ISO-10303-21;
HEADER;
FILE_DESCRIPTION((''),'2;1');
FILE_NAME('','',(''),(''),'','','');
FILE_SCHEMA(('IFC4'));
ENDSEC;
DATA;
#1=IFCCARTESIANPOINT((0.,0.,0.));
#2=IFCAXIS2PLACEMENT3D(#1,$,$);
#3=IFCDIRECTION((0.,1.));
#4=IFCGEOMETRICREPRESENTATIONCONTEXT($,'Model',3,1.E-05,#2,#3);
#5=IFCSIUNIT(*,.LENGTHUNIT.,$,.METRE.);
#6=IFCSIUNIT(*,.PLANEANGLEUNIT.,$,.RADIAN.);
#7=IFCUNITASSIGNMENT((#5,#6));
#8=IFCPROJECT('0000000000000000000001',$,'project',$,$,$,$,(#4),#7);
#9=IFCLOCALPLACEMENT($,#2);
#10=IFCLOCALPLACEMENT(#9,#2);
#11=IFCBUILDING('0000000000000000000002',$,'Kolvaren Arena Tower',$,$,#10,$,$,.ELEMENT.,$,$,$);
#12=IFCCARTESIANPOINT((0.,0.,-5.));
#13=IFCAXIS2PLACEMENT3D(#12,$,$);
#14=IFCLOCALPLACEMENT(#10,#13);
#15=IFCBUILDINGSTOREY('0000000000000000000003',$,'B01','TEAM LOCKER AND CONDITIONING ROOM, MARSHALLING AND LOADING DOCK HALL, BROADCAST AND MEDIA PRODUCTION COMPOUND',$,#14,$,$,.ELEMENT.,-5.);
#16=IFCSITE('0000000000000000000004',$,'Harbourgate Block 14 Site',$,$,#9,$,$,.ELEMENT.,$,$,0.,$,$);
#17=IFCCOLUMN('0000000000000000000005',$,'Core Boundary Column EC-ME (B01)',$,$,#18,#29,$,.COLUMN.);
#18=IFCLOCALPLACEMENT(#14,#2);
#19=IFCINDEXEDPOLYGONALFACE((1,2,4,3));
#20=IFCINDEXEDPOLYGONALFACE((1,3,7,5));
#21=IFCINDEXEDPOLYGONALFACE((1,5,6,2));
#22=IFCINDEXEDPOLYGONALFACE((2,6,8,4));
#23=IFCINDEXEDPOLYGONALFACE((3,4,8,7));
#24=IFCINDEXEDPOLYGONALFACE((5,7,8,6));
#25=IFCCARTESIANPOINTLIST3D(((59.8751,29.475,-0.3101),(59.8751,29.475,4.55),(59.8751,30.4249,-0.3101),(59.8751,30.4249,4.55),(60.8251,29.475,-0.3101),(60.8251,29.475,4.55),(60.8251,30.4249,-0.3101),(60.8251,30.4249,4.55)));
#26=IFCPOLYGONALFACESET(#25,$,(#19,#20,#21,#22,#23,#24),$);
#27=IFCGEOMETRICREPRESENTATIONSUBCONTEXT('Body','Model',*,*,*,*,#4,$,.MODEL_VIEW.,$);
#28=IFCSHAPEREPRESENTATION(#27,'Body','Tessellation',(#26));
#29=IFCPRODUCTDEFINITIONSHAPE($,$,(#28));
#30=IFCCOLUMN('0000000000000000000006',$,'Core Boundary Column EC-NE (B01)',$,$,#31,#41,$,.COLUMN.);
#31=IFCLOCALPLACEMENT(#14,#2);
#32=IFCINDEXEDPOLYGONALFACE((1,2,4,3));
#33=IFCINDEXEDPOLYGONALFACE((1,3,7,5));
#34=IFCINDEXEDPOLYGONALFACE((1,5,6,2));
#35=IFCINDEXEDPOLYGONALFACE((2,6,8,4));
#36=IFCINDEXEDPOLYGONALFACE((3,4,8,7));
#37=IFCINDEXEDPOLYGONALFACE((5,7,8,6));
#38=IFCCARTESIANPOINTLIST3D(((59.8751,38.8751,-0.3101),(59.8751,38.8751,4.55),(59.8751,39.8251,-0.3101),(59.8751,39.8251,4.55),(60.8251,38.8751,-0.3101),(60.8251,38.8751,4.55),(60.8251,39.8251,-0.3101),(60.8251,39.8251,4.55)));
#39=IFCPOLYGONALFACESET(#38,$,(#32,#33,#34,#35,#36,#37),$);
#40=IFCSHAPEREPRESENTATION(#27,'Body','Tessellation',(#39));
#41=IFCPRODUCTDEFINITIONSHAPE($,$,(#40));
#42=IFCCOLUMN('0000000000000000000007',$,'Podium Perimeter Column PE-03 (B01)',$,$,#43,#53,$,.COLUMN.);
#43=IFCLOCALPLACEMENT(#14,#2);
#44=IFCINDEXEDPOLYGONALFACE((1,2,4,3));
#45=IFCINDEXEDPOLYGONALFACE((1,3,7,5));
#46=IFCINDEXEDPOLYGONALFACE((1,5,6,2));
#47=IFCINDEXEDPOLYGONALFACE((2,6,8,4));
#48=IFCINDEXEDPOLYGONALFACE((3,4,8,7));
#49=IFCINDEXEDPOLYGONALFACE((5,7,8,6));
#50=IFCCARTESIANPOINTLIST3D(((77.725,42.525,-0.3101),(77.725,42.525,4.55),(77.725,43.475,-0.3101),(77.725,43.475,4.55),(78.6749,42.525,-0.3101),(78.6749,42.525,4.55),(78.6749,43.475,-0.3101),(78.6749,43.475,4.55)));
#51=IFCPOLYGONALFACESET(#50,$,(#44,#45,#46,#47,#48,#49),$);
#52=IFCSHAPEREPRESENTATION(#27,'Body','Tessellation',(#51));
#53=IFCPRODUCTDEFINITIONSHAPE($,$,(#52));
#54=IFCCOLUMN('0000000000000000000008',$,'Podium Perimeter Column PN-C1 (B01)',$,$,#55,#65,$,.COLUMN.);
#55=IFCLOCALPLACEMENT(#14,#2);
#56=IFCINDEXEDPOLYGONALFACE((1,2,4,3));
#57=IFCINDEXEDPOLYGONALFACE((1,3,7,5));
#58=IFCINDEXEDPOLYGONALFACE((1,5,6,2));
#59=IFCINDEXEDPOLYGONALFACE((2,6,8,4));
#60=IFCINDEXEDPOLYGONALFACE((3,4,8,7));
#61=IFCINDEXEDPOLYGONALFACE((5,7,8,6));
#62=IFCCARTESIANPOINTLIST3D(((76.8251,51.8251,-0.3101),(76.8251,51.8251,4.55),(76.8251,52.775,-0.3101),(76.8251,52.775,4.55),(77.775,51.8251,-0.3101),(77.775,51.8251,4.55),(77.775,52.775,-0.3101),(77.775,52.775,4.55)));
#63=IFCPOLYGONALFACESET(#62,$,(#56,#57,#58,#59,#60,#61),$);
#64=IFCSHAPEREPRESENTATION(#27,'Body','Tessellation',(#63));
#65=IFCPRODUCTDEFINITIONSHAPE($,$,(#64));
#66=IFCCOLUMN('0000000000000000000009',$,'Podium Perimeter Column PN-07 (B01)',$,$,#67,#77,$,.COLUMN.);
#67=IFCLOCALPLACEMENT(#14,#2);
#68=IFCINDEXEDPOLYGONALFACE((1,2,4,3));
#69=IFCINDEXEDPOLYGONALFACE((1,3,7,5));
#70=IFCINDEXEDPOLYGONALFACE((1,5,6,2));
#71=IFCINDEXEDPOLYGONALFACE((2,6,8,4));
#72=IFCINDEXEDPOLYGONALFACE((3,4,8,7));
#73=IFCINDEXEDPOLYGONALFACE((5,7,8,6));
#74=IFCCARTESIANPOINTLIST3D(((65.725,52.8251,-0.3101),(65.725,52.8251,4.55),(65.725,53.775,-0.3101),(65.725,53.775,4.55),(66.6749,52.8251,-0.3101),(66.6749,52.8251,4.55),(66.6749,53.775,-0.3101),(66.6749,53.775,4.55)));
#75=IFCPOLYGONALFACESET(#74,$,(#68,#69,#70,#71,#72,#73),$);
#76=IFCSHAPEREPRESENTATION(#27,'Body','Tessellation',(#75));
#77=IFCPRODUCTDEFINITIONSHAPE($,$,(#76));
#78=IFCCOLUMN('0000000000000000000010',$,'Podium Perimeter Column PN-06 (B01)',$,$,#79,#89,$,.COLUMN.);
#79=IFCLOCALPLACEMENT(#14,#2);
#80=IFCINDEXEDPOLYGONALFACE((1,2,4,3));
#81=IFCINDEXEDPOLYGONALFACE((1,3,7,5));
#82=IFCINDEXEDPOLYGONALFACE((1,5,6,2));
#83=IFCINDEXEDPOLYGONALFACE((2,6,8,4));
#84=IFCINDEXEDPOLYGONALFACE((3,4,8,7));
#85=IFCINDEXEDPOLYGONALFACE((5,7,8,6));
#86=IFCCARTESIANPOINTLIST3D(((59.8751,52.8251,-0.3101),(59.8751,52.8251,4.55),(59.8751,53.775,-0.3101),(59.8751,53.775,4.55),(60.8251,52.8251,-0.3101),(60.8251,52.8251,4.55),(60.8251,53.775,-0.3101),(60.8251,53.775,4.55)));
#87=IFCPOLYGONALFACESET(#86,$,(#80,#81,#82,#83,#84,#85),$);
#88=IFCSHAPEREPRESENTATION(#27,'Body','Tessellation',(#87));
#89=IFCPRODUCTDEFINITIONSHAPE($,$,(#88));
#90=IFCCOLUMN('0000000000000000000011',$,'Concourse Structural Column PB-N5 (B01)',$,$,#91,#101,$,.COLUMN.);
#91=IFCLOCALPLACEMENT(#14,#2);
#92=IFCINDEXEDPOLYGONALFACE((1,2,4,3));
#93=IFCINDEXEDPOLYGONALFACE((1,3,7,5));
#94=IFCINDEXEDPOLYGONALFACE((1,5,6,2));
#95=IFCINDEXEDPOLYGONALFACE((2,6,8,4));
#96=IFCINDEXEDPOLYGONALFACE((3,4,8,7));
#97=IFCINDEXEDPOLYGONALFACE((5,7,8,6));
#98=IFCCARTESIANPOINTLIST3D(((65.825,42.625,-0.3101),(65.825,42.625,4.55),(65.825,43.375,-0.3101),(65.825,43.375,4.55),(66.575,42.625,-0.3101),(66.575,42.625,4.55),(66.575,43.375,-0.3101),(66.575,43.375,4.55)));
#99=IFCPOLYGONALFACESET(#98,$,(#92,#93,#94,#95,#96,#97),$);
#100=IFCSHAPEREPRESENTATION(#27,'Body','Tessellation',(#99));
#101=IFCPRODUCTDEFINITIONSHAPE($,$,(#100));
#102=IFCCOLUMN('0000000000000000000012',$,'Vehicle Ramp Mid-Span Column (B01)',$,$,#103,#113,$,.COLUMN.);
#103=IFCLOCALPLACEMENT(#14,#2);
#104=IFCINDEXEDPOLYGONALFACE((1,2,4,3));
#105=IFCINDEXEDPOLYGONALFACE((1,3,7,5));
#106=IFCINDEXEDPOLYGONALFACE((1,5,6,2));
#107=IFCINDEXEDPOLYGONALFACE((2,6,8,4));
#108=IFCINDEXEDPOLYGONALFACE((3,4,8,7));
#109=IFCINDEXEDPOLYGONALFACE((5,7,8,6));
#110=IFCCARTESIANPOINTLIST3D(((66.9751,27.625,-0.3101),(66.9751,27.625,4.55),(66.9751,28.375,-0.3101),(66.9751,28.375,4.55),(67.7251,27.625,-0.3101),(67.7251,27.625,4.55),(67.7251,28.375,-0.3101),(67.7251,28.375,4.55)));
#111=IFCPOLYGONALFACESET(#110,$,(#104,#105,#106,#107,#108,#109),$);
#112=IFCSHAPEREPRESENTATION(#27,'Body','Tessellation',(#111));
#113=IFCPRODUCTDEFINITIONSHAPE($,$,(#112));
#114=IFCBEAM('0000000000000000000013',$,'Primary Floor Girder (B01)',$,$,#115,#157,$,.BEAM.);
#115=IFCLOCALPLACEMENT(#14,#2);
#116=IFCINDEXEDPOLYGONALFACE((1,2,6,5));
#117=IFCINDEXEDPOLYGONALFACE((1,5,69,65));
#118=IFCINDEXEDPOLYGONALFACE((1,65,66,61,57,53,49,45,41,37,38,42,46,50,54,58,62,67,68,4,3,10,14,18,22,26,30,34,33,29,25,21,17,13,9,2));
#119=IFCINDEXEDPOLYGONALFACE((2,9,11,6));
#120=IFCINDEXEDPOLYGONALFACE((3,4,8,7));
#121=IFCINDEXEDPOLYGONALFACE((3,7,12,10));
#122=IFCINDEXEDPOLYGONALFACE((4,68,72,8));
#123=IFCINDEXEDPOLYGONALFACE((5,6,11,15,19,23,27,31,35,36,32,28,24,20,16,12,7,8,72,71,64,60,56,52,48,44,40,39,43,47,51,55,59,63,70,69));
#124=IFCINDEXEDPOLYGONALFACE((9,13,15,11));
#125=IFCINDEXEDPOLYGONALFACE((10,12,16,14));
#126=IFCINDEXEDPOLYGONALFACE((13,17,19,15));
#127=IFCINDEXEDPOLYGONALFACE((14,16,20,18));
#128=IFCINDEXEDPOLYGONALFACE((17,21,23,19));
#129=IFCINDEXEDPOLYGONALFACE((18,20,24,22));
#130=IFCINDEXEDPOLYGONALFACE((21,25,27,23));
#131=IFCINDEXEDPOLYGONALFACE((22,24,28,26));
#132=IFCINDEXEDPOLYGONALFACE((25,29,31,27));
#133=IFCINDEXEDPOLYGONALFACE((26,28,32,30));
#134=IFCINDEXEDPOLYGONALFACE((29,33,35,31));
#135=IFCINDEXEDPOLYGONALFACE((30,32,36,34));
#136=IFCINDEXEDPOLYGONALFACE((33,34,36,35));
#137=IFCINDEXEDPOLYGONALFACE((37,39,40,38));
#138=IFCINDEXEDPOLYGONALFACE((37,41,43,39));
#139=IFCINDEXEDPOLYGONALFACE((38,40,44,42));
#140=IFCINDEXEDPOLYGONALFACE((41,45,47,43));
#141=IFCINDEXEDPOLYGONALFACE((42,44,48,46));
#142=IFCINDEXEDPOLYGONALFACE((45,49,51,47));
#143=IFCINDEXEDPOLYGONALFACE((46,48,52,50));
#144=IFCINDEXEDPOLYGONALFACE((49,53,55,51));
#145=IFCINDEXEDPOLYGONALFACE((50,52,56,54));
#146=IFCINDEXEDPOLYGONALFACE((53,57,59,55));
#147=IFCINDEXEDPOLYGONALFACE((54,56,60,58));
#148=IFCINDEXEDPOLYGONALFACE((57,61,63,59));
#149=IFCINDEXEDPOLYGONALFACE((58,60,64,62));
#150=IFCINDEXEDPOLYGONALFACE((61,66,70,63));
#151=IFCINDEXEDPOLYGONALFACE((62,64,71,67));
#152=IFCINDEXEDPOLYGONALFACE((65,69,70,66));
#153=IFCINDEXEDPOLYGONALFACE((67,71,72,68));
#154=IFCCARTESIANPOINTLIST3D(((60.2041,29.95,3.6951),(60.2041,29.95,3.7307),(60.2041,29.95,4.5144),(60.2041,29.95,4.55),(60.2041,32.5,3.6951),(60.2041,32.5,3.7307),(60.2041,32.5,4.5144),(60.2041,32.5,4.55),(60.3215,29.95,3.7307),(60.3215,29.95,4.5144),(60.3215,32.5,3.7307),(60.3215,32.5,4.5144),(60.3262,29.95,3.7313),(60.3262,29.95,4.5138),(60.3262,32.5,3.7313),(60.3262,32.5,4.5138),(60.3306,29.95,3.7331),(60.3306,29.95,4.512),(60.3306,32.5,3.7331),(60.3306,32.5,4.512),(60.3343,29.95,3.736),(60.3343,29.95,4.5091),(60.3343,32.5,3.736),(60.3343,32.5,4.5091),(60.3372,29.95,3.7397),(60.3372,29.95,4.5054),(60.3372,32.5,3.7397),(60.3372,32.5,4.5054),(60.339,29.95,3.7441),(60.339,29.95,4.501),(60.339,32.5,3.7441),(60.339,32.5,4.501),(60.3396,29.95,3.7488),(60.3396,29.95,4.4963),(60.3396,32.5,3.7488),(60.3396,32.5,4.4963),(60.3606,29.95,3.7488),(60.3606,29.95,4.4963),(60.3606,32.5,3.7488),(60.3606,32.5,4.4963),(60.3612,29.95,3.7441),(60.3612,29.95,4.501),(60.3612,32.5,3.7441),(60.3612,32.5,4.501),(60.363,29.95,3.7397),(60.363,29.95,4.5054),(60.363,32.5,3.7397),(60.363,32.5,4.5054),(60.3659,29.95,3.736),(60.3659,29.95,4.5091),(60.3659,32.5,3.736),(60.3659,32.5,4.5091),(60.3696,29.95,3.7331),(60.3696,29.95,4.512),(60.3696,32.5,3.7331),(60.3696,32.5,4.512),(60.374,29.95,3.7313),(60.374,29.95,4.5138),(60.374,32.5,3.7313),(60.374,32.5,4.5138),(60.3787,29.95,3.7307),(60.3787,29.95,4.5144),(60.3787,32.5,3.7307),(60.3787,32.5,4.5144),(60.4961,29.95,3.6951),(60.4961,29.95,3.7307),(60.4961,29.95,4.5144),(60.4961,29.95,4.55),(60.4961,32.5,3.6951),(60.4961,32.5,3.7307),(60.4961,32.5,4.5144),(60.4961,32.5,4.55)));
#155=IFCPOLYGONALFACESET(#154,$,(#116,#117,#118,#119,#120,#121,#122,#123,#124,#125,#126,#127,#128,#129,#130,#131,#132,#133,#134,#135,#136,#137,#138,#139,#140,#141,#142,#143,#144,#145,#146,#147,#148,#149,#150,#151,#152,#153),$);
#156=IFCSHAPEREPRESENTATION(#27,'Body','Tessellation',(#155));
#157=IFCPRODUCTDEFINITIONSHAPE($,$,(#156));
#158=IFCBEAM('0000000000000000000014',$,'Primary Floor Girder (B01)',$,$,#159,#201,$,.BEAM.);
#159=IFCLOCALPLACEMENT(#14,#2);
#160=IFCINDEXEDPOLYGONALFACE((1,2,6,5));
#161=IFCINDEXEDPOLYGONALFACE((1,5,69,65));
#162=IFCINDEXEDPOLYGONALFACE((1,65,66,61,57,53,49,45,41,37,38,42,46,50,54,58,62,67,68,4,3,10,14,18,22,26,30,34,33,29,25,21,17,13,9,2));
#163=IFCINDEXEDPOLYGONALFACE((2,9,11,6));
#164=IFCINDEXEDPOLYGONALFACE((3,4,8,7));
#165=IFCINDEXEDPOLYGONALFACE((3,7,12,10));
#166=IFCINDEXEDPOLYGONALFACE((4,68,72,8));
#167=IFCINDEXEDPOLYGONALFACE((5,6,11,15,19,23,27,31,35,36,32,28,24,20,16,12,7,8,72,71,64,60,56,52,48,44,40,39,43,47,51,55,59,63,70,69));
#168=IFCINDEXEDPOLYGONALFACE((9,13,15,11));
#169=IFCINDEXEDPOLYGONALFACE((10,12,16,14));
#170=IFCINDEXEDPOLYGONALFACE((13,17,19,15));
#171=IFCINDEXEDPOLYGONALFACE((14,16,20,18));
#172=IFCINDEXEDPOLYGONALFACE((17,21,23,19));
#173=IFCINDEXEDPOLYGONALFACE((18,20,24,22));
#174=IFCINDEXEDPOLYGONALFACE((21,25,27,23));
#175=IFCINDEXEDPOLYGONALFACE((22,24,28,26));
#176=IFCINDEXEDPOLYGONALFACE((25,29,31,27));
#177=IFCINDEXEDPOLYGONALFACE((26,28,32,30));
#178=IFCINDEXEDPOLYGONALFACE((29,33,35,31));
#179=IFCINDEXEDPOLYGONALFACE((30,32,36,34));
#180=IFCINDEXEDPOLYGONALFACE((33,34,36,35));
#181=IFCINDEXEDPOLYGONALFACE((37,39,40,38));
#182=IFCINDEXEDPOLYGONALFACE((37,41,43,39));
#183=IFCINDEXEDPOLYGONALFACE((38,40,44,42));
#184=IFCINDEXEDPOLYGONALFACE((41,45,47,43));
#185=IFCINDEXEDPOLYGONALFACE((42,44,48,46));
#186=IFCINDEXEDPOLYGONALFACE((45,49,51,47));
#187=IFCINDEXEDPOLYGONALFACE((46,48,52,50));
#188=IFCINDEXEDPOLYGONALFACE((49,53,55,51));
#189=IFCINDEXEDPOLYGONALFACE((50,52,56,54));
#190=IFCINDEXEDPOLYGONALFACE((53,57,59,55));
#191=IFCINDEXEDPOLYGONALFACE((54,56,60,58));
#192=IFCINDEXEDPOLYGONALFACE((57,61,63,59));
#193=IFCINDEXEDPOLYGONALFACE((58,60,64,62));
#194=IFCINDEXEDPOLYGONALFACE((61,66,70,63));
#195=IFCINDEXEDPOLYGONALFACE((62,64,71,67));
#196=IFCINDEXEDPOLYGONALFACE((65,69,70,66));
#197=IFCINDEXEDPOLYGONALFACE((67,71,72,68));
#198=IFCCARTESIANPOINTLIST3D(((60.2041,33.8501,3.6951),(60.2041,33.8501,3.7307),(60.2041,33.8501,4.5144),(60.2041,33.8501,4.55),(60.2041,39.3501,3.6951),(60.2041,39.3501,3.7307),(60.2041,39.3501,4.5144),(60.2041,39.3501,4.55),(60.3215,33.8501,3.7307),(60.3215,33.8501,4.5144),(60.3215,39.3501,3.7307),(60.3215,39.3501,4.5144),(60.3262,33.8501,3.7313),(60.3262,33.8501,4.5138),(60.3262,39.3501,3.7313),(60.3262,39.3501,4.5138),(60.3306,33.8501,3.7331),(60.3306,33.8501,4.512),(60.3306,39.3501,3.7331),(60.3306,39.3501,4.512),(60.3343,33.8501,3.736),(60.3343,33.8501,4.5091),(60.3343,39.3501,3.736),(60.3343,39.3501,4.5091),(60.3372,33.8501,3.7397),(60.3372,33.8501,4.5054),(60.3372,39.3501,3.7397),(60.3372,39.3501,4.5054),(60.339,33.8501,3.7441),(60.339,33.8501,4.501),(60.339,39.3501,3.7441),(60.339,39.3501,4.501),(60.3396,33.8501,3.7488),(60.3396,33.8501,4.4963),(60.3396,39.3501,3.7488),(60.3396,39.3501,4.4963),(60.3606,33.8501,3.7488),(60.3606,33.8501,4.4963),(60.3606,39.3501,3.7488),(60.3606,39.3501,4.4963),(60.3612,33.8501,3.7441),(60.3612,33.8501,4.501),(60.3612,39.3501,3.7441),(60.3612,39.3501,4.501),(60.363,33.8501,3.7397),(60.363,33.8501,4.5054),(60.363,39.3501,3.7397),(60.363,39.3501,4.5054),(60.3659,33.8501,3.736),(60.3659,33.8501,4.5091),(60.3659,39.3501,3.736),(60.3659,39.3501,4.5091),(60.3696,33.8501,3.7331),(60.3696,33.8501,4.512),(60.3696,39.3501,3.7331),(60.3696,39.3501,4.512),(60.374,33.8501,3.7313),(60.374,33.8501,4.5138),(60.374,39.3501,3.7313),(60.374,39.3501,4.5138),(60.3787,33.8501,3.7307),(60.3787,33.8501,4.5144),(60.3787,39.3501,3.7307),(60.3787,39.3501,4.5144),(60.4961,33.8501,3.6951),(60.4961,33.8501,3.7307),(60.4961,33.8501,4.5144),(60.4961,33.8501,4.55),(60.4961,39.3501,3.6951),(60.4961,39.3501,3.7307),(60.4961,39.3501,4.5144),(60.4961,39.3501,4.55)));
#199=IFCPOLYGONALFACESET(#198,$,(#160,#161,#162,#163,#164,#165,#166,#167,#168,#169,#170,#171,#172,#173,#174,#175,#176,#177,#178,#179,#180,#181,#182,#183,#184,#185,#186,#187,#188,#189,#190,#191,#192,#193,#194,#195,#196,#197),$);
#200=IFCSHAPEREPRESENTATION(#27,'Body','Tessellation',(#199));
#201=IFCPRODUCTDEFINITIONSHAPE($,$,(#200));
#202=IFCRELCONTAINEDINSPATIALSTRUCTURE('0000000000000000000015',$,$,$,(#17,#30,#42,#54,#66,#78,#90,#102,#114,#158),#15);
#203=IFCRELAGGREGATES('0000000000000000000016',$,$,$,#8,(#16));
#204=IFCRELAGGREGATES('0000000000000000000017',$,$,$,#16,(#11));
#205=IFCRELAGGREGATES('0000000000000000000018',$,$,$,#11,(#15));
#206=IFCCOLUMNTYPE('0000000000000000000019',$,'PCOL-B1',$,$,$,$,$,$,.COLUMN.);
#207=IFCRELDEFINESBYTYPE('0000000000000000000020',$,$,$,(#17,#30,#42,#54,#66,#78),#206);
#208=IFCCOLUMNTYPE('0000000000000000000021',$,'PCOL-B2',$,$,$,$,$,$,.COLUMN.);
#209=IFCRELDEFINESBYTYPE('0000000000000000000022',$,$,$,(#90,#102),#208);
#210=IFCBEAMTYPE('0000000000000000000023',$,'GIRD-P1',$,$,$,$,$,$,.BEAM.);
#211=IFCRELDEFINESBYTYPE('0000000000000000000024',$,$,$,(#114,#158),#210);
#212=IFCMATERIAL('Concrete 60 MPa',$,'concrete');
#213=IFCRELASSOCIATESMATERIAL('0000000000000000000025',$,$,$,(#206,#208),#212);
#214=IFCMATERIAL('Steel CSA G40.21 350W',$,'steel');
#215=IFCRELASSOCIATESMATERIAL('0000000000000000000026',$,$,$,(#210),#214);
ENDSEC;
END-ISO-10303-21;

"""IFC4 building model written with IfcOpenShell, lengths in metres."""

from ifc_helpers import new_model, si_unit, direction, frame, origin, origin_2d, place, context, subcontext, project, spatial, rectangle, i_section, extrude, material, material_profile, profile_set, type_object, element, save


model = new_model("IFC4")

# Units and contexts
model_context = context("Model", 3, precision=1e-05, world=origin(), true_north=direction((0.0, 1.0)))
body_context = subcontext(model_context, "Body", "Model", "MODEL_VIEW")
ifc_project = project(units=[si_unit("LENGTHUNIT", "METRE"), si_unit("PLANEANGLEUNIT", "RADIAN")], contexts=[model_context])

# Site, building, storey
site_placement = place(None, origin())
site = spatial("IfcSite", under=ifc_project, at=site_placement, Name="Harbourgate Block 14 Site", CompositionType="ELEMENT", RefElevation=0.0)
building_placement = place(site_placement, origin())
building = spatial("IfcBuilding", under=site, at=building_placement, Name="Kolvaren Arena Tower", CompositionType="ELEMENT")
storey_placement = place(building_placement, frame((0.0, 0.0, -5.0)))
storey = spatial("IfcBuildingStorey", under=building, at=storey_placement, Name="B01", Description="TEAM LOCKER AND CONDITIONING ROOM, MARSHALLING AND LOADING DOCK HALL, BROADCAST AND MEDIA PRODUCTION COMPOUND", CompositionType="ELEMENT", Elevation=-5.0)

# Columns
ifc_material_1 = material(Name="Concrete 60 MPa", Category="concrete")
ifc_material_profile_1 = material_profile(ifc_material_1, rectangle(XDim=0.95, YDim=0.95, at=origin_2d()), Name="RC-950x950")
ifc_profile_set_1 = profile_set([ifc_material_profile_1], Name="Concrete 60 MPa")
column_type_1 = type_object("IfcColumnType", Name="PCOL-B1", PredefinedType="COLUMN", material=ifc_profile_set_1)
for number, where, z_axis, x_axis, name in (
    (1, (60.3501, 29.95, -0.3101), (0.0, 0.0, 1.0), (1.0, 0.0, 0.0), "Core Boundary Column EC-ME (B01)"),
    (2, (60.3501, 39.3501, -0.3101), (0.0, 0.0, 1.0), (1.0, 0.0, 0.0), "Core Boundary Column EC-NE (B01)"),
    (3, (78.2, 43.0, -0.3101), (0.0, 0.0, 1.0), (1.0, 0.0, 0.0), "Podium Perimeter Column PE-03 (B01)"),
    (4, (77.3, 52.3, -0.3101), (0.0, 0.0, 1.0), (1.0, 0.0, 0.0), "Podium Perimeter Column PN-C1 (B01)"),
    (5, (66.2, 53.3, -0.3101), (0.0, 0.0, 1.0), (1.0, 0.0, 0.0), "Podium Perimeter Column PN-07 (B01)"),
    (6, (60.3501, 53.3, -0.3101), (0.0, 0.0, 1.0), (1.0, 0.0, 0.0), "Podium Perimeter Column PN-06 (B01)"),
):
    element("IfcColumn", number, at=place(storey_placement, frame(where, z_axis=z_axis, x_axis=x_axis)), inside=storey, type_object=column_type_1, Name=name, PredefinedType="COLUMN", context=body_context, shape_type="SweptSolid", body=[
        extrude(rectangle(XDim=0.95, YDim=0.95, at=origin_2d()), origin(), (0.0, 0.0, 1.0), 4.8601),
    ])
ifc_material_profile_2 = material_profile(ifc_material_1, rectangle(XDim=0.75, YDim=0.75, at=origin_2d()), Name="RC-750x750")
ifc_profile_set_2 = profile_set([ifc_material_profile_2], Name="Concrete 60 MPa")
column_type_2 = type_object("IfcColumnType", Name="PCOL-B2", PredefinedType="COLUMN", material=ifc_profile_set_2)
for number, where, z_axis, x_axis, name in (
    (7, (66.2, 43.0, -0.3101), (0.0, 0.0, 1.0), (1.0, 0.0, 0.0), "Concourse Structural Column PB-N5 (B01)"),
    (8, (67.3501, 28.0, -0.3101), (0.0, 0.0, 1.0), (1.0, 0.0, 0.0), "Vehicle Ramp Mid-Span Column (B01)"),
):
    element("IfcColumn", number, at=place(storey_placement, frame(where, z_axis=z_axis, x_axis=x_axis)), inside=storey, type_object=column_type_2, Name=name, PredefinedType="COLUMN", context=body_context, shape_type="SweptSolid", body=[
        extrude(rectangle(XDim=0.75, YDim=0.75, at=origin_2d()), origin(), (0.0, 0.0, 1.0), 4.8601),
    ])

# Beams
ifc_material_2 = material(Name="Steel CSA G40.21 350W", Category="steel")
ifc_material_profile_3 = material_profile(ifc_material_2, i_section(OverallWidth=0.292, OverallDepth=0.855, WebThickness=0.021, FlangeThickness=0.0356, FilletRadius=0.0181, at=origin_2d()), Name="W840x299")
ifc_profile_set_3 = profile_set([ifc_material_profile_3], Name="Steel CSA G40.21 350W")
beam_type_1 = type_object("IfcBeamType", Name="GIRD-P1", PredefinedType="BEAM", material=ifc_profile_set_3)
beam_1_placement = place(storey_placement, frame((60.3501, 29.95, 4.1226), z_axis=(0.0, 1.0, 0.0), x_axis=(-1.0, 0.0, 0.0)))
element("IfcBeam", 9, at=beam_1_placement, inside=storey, type_object=beam_type_1, Name="Primary Floor Girder (B01)", PredefinedType="BEAM", context=body_context, shape_type="SweptSolid", body=[
    extrude(i_section(OverallWidth=0.292, OverallDepth=0.855, WebThickness=0.021, FlangeThickness=0.0356, FilletRadius=0.0181, at=origin_2d()), origin(), (0.0, 0.0, 1.0), 2.55),
])
beam_2_placement = place(storey_placement, frame((60.3501, 33.8501, 4.1226), z_axis=(0.0, 1.0, 0.0), x_axis=(-1.0, 0.0, 0.0)))
element("IfcBeam", 10, at=beam_2_placement, inside=storey, type_object=beam_type_1, Name="Primary Floor Girder (B01)", PredefinedType="BEAM", context=body_context, shape_type="SweptSolid", body=[
    extrude(i_section(OverallWidth=0.292, OverallDepth=0.855, WebThickness=0.021, FlangeThickness=0.0356, FilletRadius=0.0181, at=origin_2d()), origin(), (0.0, 0.0, 1.0), 5.5),
])

save(model, "model.ifc")
